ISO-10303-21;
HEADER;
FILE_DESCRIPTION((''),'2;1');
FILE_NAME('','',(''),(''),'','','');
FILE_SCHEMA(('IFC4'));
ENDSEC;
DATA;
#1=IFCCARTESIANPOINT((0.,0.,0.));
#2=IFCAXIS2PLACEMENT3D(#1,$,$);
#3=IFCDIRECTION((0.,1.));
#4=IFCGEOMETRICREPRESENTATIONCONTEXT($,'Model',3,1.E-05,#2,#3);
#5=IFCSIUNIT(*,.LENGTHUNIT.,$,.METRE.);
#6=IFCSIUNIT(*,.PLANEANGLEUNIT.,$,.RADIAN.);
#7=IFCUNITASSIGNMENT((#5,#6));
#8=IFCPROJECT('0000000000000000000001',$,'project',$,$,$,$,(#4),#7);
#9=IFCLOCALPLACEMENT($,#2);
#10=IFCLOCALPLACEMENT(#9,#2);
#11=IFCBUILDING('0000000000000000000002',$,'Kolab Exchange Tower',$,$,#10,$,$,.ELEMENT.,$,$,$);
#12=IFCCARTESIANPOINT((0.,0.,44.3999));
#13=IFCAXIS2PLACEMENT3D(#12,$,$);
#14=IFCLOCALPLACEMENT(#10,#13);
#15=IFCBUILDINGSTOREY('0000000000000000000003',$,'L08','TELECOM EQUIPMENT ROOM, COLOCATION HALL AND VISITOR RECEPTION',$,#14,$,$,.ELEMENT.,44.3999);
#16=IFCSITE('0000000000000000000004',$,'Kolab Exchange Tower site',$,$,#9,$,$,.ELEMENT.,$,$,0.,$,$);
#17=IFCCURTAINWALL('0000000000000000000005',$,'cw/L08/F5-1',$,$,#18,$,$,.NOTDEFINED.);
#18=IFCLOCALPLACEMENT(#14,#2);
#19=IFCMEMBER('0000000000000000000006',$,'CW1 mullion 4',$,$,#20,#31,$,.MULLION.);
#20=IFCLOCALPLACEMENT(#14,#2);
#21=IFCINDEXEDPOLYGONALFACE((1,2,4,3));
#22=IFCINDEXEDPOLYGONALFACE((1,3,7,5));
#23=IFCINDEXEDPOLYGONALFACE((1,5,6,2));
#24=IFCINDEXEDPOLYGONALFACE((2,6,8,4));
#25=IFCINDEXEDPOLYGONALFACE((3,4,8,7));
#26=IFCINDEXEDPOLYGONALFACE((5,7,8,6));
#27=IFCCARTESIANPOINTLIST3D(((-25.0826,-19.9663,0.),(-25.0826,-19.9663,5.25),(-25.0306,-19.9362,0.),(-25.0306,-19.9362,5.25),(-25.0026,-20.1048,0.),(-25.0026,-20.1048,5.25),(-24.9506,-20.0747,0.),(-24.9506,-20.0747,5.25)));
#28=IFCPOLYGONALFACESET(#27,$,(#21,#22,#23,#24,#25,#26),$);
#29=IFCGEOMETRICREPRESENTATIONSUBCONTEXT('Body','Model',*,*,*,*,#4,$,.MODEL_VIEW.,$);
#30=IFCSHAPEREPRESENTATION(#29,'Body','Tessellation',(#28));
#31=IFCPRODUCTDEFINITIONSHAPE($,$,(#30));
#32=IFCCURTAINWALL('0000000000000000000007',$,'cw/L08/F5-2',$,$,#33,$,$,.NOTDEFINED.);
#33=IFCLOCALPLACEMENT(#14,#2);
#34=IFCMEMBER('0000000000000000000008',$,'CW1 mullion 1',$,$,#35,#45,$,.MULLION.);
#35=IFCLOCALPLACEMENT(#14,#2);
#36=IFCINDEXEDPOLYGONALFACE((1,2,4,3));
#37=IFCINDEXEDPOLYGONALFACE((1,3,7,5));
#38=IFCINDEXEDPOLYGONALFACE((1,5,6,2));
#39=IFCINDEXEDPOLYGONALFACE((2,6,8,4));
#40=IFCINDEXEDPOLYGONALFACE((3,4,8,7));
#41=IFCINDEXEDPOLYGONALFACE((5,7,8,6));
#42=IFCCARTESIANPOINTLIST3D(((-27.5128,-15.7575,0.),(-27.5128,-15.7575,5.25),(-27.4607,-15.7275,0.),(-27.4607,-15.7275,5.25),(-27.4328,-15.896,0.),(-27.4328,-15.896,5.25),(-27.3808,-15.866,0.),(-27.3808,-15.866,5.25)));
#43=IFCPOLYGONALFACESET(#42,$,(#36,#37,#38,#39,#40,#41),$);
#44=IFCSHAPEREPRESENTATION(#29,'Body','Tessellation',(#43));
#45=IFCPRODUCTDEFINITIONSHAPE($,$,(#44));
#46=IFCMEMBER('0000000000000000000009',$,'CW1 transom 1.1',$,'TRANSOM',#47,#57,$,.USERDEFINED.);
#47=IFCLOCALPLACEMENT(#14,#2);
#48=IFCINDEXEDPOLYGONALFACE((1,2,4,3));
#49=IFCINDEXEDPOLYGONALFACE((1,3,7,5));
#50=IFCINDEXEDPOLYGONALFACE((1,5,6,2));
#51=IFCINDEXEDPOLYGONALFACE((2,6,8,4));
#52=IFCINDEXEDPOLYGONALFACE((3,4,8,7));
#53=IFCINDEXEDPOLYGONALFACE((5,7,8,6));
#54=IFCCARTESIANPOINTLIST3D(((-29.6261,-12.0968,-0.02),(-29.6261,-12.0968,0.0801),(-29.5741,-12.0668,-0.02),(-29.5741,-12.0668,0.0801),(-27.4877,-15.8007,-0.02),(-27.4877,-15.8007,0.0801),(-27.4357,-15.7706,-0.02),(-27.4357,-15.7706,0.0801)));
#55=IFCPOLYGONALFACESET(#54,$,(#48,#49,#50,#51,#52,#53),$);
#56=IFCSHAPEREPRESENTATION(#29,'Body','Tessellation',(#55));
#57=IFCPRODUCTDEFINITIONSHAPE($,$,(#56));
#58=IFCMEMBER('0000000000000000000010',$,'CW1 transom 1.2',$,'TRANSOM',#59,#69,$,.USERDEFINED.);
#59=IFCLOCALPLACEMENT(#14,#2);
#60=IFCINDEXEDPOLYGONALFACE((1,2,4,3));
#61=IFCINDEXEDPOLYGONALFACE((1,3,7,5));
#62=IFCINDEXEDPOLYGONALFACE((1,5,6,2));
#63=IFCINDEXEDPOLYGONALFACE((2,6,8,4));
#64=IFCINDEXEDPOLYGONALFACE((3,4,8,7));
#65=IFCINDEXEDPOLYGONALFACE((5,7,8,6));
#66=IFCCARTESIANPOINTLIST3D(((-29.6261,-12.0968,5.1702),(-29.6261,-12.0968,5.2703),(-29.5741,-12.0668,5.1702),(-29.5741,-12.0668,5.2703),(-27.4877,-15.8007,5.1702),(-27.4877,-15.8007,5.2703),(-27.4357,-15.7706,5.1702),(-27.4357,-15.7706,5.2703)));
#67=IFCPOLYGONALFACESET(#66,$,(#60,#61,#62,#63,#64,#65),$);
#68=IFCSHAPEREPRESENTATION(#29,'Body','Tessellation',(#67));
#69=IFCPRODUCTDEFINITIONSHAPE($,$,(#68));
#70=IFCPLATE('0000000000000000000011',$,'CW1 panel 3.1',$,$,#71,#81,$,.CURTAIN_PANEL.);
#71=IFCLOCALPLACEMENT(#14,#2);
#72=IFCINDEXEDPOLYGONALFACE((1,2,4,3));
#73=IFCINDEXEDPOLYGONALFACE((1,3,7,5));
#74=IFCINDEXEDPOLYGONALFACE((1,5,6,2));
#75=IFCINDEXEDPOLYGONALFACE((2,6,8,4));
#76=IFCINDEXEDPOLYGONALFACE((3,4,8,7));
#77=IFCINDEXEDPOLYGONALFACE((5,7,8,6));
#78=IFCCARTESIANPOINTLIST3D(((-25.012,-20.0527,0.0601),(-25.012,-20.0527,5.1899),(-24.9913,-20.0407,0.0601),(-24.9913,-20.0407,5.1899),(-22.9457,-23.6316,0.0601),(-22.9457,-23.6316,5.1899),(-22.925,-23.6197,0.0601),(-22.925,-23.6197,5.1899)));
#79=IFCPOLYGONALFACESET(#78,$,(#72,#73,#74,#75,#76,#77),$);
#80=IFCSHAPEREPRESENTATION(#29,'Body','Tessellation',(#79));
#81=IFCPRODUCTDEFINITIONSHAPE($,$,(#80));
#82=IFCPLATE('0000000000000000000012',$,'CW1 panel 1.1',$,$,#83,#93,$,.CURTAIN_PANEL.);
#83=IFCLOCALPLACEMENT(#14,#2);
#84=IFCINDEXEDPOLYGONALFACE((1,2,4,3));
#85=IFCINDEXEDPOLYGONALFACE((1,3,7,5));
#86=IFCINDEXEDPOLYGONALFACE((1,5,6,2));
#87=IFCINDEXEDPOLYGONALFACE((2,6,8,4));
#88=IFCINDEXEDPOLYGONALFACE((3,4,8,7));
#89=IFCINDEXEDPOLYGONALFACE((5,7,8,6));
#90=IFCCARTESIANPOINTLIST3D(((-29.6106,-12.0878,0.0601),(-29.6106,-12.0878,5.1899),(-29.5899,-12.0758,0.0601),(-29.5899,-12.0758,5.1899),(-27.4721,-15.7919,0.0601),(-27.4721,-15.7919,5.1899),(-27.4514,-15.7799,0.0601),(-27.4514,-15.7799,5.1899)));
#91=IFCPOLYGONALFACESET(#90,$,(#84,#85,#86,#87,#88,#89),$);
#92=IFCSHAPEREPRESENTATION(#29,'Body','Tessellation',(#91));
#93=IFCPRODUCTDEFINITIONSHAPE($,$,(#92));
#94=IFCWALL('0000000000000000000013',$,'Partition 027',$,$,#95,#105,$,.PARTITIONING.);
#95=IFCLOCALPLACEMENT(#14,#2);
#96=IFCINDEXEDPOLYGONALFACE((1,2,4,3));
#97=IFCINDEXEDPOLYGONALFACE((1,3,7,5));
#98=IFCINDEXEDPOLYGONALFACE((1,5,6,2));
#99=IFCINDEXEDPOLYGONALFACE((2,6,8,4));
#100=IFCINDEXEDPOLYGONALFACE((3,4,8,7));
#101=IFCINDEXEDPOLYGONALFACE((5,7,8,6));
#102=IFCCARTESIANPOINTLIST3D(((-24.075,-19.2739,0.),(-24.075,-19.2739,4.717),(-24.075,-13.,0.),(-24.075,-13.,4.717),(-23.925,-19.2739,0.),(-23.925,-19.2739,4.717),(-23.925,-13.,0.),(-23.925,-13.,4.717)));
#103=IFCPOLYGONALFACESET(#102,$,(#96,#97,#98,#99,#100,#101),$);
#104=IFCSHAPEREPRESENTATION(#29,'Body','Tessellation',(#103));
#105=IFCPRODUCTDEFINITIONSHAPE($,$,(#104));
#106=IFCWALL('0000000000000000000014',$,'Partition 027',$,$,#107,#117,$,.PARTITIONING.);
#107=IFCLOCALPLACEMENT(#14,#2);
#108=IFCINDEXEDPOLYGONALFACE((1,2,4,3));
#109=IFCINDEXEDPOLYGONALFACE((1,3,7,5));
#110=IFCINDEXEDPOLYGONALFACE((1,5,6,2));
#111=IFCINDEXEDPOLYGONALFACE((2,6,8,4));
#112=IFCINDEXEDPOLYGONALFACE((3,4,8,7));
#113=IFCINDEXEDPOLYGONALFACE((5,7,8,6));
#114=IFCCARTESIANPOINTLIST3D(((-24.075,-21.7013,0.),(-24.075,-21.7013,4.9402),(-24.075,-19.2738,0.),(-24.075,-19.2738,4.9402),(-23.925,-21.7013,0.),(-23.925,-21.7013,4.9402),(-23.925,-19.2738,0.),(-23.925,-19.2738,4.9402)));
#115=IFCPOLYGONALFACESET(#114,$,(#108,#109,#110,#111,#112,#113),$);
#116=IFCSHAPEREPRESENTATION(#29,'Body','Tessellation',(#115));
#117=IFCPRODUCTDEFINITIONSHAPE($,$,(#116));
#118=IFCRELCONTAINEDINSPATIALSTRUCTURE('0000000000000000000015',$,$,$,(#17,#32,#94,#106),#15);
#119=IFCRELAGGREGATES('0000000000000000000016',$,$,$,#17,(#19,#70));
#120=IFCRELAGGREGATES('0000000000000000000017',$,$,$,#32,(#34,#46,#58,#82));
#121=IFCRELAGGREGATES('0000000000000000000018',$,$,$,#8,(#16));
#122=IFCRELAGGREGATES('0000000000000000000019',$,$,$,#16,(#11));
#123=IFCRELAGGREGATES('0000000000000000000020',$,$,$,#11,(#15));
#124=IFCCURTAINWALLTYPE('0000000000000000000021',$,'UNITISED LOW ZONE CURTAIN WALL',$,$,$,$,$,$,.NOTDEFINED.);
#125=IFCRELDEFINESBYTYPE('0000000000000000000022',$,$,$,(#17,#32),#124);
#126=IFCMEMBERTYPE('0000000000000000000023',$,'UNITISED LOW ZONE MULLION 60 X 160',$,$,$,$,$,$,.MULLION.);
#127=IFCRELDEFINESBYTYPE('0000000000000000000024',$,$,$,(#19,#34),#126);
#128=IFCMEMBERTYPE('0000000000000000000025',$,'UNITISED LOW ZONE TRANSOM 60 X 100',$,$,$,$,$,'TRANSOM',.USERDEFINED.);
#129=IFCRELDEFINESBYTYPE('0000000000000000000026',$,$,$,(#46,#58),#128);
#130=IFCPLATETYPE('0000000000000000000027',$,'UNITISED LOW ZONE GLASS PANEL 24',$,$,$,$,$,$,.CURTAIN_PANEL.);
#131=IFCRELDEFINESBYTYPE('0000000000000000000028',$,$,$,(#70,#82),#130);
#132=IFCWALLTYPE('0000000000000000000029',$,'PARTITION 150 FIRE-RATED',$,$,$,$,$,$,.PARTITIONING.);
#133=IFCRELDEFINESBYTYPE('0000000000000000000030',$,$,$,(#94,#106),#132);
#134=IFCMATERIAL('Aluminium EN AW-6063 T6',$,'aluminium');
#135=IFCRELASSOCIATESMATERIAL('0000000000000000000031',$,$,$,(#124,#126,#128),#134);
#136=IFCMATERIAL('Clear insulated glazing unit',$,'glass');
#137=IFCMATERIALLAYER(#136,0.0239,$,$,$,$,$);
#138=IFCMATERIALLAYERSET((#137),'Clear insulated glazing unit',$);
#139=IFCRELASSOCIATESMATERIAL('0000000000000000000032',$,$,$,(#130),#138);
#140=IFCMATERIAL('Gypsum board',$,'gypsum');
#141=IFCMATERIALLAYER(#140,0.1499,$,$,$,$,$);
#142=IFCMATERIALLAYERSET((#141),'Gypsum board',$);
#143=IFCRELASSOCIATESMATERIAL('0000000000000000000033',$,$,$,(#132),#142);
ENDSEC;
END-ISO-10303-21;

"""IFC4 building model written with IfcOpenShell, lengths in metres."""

from ifc_helpers import new_model, si_unit, direction, frame, frame_2d, origin, origin_2d, place, context, subcontext, project, spatial, rectangle, extrude, material, layer, layer_set, material_profile, profile_set, type_object, element, aggregate, save


model = new_model("IFC4")

# Units and contexts
model_context = context("Model", 3, precision=1e-05, world=origin(), true_north=direction((0.0, 1.0)))
body_context = subcontext(model_context, "Body", "Model", "MODEL_VIEW")
ifc_project = project(units=[si_unit("LENGTHUNIT", "METRE"), si_unit("PLANEANGLEUNIT", "RADIAN")], contexts=[model_context])

# Site, building, storey
site_placement = place(None, origin())
site = spatial("IfcSite", under=ifc_project, at=site_placement, Name="Kolab Exchange Tower site", CompositionType="ELEMENT", RefElevation=0.0)
building_placement = place(site_placement, origin())
building = spatial("IfcBuilding", under=site, at=building_placement, Name="Kolab Exchange Tower", CompositionType="ELEMENT")
storey_placement = place(building_placement, frame((0.0, 0.0, 44.3999)))
storey = spatial("IfcBuildingStorey", under=building, at=storey_placement, Name="L08", Description="TELECOM EQUIPMENT ROOM, COLOCATION HALL AND VISITOR RECEPTION", CompositionType="ELEMENT", Elevation=44.3999)

# Curtain wall, member
ifc_material_1 = material(Name="Aluminium EN AW-6063 T6", Category="aluminium")
curtain_wall_type = type_object("IfcCurtainWallType", Name="UNITISED LOW ZONE CURTAIN WALL", PredefinedType="NOTDEFINED", material=ifc_material_1)
curtain_wall_1_placement = place(storey_placement, origin())
curtain_wall_1 = element("IfcCurtainWall", 1, at=curtain_wall_1_placement, inside=storey, type_object=curtain_wall_type, Name="cw/L08/F5-1", PredefinedType="NOTDEFINED")
ifc_material_profile_1 = material_profile(ifc_material_1, rectangle(XDim=0.0601, YDim=0.1599, at=origin_2d()), Name="RECT 60X160")
ifc_profile_set_1 = profile_set([ifc_material_profile_1], Name="Aluminium EN AW-6063 T6")
member_type_1 = type_object("IfcMemberType", Name="UNITISED LOW ZONE MULLION 60 X 160", PredefinedType="MULLION", material=ifc_profile_set_1)
member_1_placement = place(storey_placement, frame((-25.0166, -20.0205, 0.0), z_axis=(0.0, 0.0, 1.0), x_axis=(-0.866025, -0.5, 0.0)))
member_1 = element("IfcMember", 2, at=member_1_placement, type_object=member_type_1, Name="CW1 mullion 4", PredefinedType="MULLION", context=body_context, shape_type="SweptSolid", body=[
    extrude(rectangle(XDim=0.0601, YDim=0.1599, at=origin_2d()), origin(), (0.0, 0.0, 1.0), 5.25),
])

# Curtain wall, members
curtain_wall_2_placement = place(storey_placement, origin())
curtain_wall_2 = element("IfcCurtainWall", 3, at=curtain_wall_2_placement, inside=storey, type_object=curtain_wall_type, Name="cw/L08/F5-2", PredefinedType="NOTDEFINED")
member_2_placement = place(storey_placement, frame((-27.4468, -15.8118, 0.0), z_axis=(0.0, 0.0, 1.0), x_axis=(-0.866025, -0.5, 0.0)))
member_2 = element("IfcMember", 4, at=member_2_placement, type_object=member_type_1, Name="CW1 mullion 1", PredefinedType="MULLION", context=body_context, shape_type="SweptSolid", body=[
    extrude(rectangle(XDim=0.0601, YDim=0.1599, at=origin_2d()), origin(), (0.0, 0.0, 1.0), 5.25),
])
ifc_material_profile_2 = material_profile(ifc_material_1, rectangle(XDim=0.0601, YDim=0.1001, at=origin_2d()), Name="RECT 60X100")
ifc_profile_set_2 = profile_set([ifc_material_profile_2], Name="Aluminium EN AW-6063 T6")
member_type_2 = type_object("IfcMemberType", Name="UNITISED LOW ZONE TRANSOM 60 X 100", ElementType="TRANSOM", PredefinedType="USERDEFINED", material=ifc_profile_set_2)
member_3_placement = place(storey_placement, frame((-27.4617, -15.7856, 0.03), z_axis=(-0.500001, 0.866025, 0.0), x_axis=(-0.866025, -0.500001, 0.0)))
member_3 = element("IfcMember", 5, at=member_3_placement, type_object=member_type_2, Name="CW1 transom 1.1", ObjectType="TRANSOM", PredefinedType="USERDEFINED", context=body_context, shape_type="SweptSolid", body=[
    extrude(rectangle(XDim=0.0601, YDim=0.1001, at=origin_2d()), origin(), (0.0, 0.0, 1.0), 4.2769),
])
member_4_placement = place(storey_placement, frame((-27.4617, -15.7856, 5.2202), z_axis=(-0.500001, 0.866025, 0.0), x_axis=(-0.866025, -0.500001, 0.0)))
member_4 = element("IfcMember", 6, at=member_4_placement, type_object=member_type_2, Name="CW1 transom 1.2", ObjectType="TRANSOM", PredefinedType="USERDEFINED", context=body_context, shape_type="SweptSolid", body=[
    extrude(rectangle(XDim=0.0601, YDim=0.1001, at=origin_2d()), origin(), (0.0, 0.0, 1.0), 4.2769),
])

# Plates
ifc_material_2 = material(Name="Clear insulated glazing unit", Category="glass")
ifc_layer_1 = layer(ifc_material_2, 0.0239)
ifc_layer_set_1 = layer_set([ifc_layer_1], Name="Clear insulated glazing unit")
plate_type = type_object("IfcPlateType", Name="UNITISED LOW ZONE GLASS PANEL 24", PredefinedType="CURTAIN_PANEL", material=ifc_layer_set_1)
plate_1_placement = place(storey_placement, frame((-23.9685, -21.8362, 0.0601), z_axis=(0.0, 0.0, 1.0), x_axis=(-0.5, 0.866025, 0.0)))
plate_1 = element("IfcPlate", 7, at=plate_1_placement, type_object=plate_type, Name="CW1 panel 3.1", PredefinedType="CURTAIN_PANEL", context=body_context, shape_type="SweptSolid", body=[
    extrude(rectangle(XDim=4.1326, YDim=0.0239, at=origin_2d()), origin(), (0.0, 0.0, 1.0), 5.1299),
])
aggregate(curtain_wall_1, [member_1, plate_1])
plate_2_placement = place(storey_placement, frame((-28.531, -13.9338, 0.0601), z_axis=(0.0, 0.0, 1.0), x_axis=(-0.5, 0.866025, 0.0)))
plate_2 = element("IfcPlate", 8, at=plate_2_placement, type_object=plate_type, Name="CW1 panel 1.1", PredefinedType="CURTAIN_PANEL", context=body_context, shape_type="SweptSolid", body=[
    extrude(rectangle(XDim=4.2771, YDim=0.0239, at=origin_2d()), origin(), (0.0, 0.0, 1.0), 5.1299),
])
aggregate(curtain_wall_2, [member_2, member_3, member_4, plate_2])

# Walls
ifc_material_3 = material(Name="Gypsum board", Category="gypsum")
ifc_layer_2 = layer(ifc_material_3, 0.1499)
ifc_layer_set_2 = layer_set([ifc_layer_2], Name="Gypsum board")
wall_type_1 = type_object("IfcWallType", Name="PARTITION 150 FIRE-RATED", PredefinedType="PARTITIONING", material=ifc_layer_set_2)
wall_1_placement = place(storey_placement, frame((-24.0, -19.2739, 0.0), z_axis=(0.0, 0.0, 1.0), x_axis=(0.0, 1.0, 0.0)))
element("IfcWall", 9, at=wall_1_placement, inside=storey, type_object=wall_type_1, Name="Partition 027", PredefinedType="PARTITIONING", context=body_context, shape_type="SweptSolid", body=[
    extrude(rectangle(XDim=6.2739, YDim=0.1499, at=frame_2d((3.137, 0.0))), origin(), (0.0, 0.0, 1.0), 4.717),
])
wall_2_placement = place(storey_placement, frame((-24.0, -21.7014, 0.0), z_axis=(0.0, 0.0, 1.0), x_axis=(0.0, 1.0, 0.0)))
element("IfcWall", 10, at=wall_2_placement, inside=storey, type_object=wall_type_1, Name="Partition 027", PredefinedType="PARTITIONING", context=body_context, shape_type="SweptSolid", body=[
    extrude(rectangle(XDim=2.4275, YDim=0.1499, at=frame_2d((1.2139, 0.0))), origin(), (0.0, 0.0, 1.0), 4.9402),
])

save(model, "model.ifc")
